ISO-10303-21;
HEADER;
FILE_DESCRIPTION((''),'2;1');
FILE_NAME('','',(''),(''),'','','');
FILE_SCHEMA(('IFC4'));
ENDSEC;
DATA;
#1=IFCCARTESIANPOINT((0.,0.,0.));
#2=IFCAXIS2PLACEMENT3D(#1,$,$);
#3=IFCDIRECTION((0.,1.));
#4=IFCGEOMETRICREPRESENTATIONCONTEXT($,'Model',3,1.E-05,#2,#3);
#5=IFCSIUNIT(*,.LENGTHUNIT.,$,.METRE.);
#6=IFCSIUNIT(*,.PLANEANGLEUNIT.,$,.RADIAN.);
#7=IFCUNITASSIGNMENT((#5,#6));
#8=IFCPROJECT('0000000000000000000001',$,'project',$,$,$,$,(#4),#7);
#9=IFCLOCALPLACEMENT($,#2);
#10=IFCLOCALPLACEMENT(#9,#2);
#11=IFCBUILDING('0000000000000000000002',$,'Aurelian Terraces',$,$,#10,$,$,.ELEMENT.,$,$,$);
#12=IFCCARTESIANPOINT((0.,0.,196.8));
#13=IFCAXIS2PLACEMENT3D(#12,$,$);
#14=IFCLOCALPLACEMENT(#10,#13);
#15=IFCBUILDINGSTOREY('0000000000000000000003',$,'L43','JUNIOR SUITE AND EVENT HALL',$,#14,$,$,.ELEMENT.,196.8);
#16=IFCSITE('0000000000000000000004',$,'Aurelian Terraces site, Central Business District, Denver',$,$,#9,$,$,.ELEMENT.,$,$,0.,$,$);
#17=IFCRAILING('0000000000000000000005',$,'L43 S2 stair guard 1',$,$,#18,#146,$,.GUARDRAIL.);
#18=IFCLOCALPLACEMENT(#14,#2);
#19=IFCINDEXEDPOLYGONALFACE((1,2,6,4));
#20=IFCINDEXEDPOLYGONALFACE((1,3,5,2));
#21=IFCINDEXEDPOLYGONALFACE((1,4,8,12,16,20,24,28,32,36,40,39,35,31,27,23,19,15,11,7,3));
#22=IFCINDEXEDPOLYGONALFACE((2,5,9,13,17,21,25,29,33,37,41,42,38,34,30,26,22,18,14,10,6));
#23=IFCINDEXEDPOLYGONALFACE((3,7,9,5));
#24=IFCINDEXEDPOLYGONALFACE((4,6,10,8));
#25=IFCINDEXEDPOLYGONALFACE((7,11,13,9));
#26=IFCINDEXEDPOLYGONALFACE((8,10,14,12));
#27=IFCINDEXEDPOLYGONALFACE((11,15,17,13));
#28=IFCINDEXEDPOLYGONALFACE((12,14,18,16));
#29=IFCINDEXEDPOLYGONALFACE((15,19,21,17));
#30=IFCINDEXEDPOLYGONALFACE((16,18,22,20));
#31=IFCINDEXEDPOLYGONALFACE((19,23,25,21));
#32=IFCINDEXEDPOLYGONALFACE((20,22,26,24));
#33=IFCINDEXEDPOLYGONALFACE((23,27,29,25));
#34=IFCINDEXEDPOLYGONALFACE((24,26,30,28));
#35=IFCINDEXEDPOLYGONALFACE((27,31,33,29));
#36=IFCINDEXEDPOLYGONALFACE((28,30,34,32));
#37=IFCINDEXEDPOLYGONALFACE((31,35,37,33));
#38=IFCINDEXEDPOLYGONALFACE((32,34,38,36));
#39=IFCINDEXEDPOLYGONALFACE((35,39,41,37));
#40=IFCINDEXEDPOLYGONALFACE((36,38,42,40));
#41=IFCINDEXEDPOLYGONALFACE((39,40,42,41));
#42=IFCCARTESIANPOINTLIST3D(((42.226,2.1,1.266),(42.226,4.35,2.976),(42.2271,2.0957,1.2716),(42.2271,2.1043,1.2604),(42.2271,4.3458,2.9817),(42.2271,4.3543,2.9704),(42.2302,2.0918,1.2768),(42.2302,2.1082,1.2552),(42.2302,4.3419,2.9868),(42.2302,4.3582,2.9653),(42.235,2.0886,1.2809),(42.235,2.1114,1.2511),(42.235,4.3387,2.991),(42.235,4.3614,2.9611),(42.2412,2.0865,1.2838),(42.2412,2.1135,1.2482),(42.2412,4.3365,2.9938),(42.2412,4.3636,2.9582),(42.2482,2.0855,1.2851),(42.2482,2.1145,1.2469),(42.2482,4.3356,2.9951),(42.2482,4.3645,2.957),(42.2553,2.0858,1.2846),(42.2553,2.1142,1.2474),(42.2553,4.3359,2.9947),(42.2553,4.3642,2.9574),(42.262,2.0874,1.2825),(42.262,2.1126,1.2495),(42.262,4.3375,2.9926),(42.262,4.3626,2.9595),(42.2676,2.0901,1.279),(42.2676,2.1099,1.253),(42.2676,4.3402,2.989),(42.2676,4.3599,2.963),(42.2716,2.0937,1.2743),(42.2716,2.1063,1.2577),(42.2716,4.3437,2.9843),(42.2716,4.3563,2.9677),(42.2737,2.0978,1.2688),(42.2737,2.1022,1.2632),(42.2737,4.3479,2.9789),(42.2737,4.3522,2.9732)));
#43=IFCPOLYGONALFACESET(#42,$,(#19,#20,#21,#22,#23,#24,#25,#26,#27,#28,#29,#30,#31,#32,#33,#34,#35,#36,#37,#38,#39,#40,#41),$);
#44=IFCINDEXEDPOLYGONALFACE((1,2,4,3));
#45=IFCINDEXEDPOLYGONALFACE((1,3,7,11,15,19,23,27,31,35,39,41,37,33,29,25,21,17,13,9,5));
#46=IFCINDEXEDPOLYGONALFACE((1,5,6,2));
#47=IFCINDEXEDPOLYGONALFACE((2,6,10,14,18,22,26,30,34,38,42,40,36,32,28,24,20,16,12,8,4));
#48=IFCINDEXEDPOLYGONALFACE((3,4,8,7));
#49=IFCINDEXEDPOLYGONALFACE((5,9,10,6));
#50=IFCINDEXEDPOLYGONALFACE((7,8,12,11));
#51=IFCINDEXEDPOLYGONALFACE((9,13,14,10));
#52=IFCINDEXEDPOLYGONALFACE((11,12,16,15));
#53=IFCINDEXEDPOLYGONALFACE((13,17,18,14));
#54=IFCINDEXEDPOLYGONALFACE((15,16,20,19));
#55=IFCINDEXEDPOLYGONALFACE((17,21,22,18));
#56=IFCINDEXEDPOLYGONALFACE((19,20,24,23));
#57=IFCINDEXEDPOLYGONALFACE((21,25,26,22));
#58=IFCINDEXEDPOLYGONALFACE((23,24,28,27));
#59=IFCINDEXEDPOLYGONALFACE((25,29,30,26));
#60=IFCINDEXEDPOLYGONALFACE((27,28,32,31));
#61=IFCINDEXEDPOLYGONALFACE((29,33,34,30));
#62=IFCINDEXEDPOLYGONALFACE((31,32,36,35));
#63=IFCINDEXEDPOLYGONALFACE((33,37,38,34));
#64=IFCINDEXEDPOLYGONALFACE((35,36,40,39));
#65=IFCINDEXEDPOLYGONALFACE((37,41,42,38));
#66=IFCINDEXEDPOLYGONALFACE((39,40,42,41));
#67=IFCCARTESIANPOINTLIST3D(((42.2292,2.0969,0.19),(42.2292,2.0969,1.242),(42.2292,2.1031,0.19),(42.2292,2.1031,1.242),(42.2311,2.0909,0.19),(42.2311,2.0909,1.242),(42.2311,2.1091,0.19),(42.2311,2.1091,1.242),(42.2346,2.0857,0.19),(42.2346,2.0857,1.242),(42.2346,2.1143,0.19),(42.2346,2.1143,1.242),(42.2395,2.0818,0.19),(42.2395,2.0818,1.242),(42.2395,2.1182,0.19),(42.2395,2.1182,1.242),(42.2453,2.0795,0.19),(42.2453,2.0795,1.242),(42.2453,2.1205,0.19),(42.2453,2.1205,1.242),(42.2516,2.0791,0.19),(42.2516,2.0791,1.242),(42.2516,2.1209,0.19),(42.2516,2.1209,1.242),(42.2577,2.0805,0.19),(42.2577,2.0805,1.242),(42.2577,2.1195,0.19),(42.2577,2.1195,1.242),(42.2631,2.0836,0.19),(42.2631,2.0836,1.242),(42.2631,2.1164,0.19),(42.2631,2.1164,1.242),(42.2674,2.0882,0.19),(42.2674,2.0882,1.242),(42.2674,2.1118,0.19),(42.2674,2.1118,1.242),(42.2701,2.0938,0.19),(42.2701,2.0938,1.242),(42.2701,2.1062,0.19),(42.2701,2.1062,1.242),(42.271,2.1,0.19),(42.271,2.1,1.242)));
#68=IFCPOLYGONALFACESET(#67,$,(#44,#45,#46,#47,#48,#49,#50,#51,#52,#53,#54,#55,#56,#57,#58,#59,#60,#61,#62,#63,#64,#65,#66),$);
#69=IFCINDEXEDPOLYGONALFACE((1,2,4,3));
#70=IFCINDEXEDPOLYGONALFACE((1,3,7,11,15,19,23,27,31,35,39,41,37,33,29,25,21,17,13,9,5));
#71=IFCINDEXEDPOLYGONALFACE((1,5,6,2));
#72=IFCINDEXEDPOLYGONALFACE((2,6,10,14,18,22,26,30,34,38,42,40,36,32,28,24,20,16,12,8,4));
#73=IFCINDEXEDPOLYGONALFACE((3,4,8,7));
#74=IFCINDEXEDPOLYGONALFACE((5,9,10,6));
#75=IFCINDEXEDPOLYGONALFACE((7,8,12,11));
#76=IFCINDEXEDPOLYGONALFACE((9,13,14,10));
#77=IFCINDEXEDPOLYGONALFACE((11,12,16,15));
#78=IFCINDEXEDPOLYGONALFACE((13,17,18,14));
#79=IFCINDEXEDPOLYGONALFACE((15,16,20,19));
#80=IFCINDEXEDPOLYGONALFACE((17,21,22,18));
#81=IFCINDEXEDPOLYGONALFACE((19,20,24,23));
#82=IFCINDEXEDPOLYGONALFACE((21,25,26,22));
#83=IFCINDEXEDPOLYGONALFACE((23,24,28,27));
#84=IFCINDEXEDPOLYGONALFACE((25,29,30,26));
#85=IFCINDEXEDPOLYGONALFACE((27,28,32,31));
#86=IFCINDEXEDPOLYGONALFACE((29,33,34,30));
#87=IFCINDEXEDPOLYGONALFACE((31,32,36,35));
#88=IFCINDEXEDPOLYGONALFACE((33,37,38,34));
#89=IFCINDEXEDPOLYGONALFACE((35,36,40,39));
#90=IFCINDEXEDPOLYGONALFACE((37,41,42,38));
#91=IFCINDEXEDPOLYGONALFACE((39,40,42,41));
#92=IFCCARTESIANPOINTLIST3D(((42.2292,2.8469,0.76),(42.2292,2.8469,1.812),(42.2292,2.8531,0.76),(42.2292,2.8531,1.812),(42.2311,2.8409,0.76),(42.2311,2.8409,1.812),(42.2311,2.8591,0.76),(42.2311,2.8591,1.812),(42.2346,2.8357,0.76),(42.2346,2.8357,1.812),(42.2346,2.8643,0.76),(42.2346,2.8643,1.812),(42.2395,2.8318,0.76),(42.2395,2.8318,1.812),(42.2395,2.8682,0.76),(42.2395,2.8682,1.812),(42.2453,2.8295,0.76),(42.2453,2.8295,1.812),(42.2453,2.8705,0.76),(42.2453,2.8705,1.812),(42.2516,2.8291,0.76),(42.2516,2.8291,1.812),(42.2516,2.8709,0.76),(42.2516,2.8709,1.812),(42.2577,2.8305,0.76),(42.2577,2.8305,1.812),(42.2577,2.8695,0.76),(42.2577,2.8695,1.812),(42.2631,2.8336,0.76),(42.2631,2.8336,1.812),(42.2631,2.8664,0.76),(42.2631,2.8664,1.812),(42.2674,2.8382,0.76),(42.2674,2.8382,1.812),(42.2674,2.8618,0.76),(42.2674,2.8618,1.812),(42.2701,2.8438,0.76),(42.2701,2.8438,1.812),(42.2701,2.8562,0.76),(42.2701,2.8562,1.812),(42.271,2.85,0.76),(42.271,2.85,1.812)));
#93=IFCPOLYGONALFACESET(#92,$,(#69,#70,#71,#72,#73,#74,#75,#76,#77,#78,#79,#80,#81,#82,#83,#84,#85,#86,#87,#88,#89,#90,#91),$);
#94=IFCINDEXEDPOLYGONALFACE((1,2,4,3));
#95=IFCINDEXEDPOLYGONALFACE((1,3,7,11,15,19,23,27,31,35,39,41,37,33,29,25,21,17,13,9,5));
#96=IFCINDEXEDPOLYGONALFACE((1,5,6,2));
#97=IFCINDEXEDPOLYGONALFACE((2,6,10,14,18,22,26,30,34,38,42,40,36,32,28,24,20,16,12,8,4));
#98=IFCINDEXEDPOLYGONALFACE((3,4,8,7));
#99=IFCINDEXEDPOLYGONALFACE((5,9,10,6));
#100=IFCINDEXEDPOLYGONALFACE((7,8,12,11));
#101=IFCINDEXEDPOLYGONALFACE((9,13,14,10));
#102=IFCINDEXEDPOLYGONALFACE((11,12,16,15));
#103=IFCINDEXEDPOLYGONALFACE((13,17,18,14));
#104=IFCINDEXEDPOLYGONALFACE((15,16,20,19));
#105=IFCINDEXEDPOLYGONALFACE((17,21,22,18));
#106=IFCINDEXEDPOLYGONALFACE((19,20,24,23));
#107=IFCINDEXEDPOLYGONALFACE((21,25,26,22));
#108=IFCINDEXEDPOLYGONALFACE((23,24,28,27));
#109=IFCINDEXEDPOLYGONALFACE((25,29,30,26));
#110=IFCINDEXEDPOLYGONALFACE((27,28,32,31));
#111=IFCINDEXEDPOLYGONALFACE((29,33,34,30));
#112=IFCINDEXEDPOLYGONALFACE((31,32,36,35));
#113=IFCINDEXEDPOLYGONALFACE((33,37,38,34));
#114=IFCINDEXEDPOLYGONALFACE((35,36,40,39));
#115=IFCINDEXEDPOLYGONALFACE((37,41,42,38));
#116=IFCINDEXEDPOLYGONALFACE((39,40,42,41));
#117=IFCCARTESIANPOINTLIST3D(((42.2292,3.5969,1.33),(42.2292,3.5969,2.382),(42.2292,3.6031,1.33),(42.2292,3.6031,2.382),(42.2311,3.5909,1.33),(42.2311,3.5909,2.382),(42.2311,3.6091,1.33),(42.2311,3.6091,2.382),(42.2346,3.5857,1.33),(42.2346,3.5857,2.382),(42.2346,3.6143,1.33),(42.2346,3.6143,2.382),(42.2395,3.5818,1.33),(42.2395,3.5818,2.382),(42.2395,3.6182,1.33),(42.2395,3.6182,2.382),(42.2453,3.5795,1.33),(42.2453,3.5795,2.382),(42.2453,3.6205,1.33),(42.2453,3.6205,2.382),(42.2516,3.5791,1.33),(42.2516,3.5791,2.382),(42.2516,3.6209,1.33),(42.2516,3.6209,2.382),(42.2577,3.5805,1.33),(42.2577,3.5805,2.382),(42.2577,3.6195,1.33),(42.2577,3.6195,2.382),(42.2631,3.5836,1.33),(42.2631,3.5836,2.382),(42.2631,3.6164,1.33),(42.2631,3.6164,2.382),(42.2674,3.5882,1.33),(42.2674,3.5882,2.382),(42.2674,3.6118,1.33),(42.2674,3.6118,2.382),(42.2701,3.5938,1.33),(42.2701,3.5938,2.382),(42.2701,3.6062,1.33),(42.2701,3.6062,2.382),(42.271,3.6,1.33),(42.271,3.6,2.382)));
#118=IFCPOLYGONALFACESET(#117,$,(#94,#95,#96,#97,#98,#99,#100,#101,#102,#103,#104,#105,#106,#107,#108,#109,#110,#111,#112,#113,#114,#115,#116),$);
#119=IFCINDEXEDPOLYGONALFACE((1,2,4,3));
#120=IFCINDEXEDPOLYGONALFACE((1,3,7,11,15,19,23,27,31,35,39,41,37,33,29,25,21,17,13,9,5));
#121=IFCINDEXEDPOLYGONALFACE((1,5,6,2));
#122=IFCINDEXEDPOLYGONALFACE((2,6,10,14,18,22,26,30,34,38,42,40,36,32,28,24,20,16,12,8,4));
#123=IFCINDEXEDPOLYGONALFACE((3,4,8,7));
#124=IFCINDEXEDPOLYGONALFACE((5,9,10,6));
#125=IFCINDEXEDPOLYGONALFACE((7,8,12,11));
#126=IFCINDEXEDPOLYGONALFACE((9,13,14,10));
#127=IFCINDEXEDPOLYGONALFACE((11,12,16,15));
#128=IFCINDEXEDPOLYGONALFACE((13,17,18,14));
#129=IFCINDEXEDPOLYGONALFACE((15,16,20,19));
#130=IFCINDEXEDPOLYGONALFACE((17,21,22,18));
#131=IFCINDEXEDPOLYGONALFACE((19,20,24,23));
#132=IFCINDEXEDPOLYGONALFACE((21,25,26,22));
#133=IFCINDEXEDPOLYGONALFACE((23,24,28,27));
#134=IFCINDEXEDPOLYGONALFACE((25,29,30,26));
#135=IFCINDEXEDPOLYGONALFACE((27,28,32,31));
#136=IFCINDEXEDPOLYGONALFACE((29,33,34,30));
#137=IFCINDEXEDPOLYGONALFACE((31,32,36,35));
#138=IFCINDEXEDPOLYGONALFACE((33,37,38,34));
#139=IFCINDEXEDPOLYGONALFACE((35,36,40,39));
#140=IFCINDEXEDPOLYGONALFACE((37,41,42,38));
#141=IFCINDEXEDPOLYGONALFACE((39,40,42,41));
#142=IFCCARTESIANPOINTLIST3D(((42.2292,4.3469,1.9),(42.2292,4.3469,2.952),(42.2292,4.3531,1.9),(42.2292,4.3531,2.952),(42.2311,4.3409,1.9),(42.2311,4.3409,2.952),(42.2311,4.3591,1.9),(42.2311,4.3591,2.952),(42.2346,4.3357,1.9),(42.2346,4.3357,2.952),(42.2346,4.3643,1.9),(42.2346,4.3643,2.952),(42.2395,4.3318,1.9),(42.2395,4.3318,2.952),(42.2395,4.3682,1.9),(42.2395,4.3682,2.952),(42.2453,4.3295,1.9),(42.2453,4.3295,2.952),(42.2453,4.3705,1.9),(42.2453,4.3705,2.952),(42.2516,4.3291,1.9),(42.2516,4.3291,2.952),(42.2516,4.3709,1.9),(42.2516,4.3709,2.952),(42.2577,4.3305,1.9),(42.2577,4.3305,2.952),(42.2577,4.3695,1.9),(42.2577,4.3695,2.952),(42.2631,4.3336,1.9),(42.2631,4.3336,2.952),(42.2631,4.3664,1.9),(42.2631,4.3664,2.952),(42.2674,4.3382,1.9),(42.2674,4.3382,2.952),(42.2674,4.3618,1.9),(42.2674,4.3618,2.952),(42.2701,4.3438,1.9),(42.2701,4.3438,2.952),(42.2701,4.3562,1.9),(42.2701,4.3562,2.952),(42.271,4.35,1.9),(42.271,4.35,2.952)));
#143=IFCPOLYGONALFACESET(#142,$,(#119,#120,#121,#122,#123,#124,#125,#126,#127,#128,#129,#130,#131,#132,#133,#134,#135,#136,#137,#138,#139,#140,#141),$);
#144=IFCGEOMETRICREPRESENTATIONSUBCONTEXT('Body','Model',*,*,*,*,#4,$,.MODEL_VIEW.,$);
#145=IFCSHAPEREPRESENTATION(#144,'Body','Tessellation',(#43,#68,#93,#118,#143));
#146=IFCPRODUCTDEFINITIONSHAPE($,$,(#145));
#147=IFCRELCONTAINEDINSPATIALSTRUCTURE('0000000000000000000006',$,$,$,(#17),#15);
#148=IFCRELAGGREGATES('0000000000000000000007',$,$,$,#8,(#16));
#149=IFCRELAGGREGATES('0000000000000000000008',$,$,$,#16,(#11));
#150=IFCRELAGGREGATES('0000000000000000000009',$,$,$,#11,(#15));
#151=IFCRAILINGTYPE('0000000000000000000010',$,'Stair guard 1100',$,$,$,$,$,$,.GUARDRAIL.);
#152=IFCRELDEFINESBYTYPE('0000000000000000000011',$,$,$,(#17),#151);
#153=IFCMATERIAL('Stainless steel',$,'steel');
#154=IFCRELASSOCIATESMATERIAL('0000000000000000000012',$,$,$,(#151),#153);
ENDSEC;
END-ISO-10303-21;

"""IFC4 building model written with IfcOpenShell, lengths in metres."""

from ifc_helpers import new_model, si_unit, direction, frame, origin, origin_2d, place, context, subcontext, project, spatial, circle, extrude, source, transform, mapped, material, type_object, element, save


model = new_model("IFC4")

# Units and contexts
model_context = context("Model", 3, precision=1e-05, world=origin(), true_north=direction((0.0, 1.0)))
body_context = subcontext(model_context, "Body", "Model", "MODEL_VIEW")
ifc_project = project(units=[si_unit("LENGTHUNIT", "METRE"), si_unit("PLANEANGLEUNIT", "RADIAN")], contexts=[model_context])

# Site, building, storey
site_placement = place(None, origin())
site = spatial("IfcSite", under=ifc_project, at=site_placement, Name="Aurelian Terraces site, Central Business District, Denver", CompositionType="ELEMENT", RefElevation=0.0)
building_placement = place(site_placement, origin())
building = spatial("IfcBuilding", under=site, at=building_placement, Name="Aurelian Terraces", CompositionType="ELEMENT")
storey_placement = place(building_placement, frame((0.0, 0.0, 196.8)))
storey = spatial("IfcBuildingStorey", under=building, at=storey_placement, Name="L43", Description="JUNIOR SUITE AND EVENT HALL", CompositionType="ELEMENT", Elevation=196.8)

# Railing
ifc_material_1 = material(Name="Stainless steel", Category="steel")
railing_type_1 = type_object("IfcRailingType", Name="Stair guard 1100", PredefinedType="GUARDRAIL", material=ifc_material_1)
shared_shape_1 = source(origin(), body_context, "Body", "SweptSolid", [
    extrude(circle(Radius=0.024, at=origin_2d()), frame((0.0, 0.0, 1.076), z_axis=(0.0, 0.796162, 0.605083), x_axis=(-1.0, 0.0, 0.0)), (0.0, 0.0, 1.0), 2.8261),
    extrude(circle(Radius=0.021, at=origin_2d()), origin(), (0.0, 0.0, 1.0), 1.052),
    extrude(circle(Radius=0.021, at=origin_2d()), frame((0.0, 0.75, 0.57)), (0.0, 0.0, 1.0), 1.052),
    extrude(circle(Radius=0.021, at=origin_2d()), frame((0.0, 1.5, 1.14)), (0.0, 0.0, 1.0), 1.052),
    extrude(circle(Radius=0.021, at=origin_2d()), frame((0.0, 2.25, 1.71)), (0.0, 0.0, 1.0), 1.052),
])
railing_1_placement = place(storey_placement, frame((42.25, 2.1, 0.19)))
element("IfcRailing", 1, at=railing_1_placement, inside=storey, type_object=railing_type_1, Name="L43 S2 stair guard 1", PredefinedType="GUARDRAIL", context=body_context, shape_type="MappedRepresentation", body=[
    mapped(shared_shape_1, transform((0.0, 0.0, 0.0), scale=1.0)),
])

save(model, "model.ifc")
